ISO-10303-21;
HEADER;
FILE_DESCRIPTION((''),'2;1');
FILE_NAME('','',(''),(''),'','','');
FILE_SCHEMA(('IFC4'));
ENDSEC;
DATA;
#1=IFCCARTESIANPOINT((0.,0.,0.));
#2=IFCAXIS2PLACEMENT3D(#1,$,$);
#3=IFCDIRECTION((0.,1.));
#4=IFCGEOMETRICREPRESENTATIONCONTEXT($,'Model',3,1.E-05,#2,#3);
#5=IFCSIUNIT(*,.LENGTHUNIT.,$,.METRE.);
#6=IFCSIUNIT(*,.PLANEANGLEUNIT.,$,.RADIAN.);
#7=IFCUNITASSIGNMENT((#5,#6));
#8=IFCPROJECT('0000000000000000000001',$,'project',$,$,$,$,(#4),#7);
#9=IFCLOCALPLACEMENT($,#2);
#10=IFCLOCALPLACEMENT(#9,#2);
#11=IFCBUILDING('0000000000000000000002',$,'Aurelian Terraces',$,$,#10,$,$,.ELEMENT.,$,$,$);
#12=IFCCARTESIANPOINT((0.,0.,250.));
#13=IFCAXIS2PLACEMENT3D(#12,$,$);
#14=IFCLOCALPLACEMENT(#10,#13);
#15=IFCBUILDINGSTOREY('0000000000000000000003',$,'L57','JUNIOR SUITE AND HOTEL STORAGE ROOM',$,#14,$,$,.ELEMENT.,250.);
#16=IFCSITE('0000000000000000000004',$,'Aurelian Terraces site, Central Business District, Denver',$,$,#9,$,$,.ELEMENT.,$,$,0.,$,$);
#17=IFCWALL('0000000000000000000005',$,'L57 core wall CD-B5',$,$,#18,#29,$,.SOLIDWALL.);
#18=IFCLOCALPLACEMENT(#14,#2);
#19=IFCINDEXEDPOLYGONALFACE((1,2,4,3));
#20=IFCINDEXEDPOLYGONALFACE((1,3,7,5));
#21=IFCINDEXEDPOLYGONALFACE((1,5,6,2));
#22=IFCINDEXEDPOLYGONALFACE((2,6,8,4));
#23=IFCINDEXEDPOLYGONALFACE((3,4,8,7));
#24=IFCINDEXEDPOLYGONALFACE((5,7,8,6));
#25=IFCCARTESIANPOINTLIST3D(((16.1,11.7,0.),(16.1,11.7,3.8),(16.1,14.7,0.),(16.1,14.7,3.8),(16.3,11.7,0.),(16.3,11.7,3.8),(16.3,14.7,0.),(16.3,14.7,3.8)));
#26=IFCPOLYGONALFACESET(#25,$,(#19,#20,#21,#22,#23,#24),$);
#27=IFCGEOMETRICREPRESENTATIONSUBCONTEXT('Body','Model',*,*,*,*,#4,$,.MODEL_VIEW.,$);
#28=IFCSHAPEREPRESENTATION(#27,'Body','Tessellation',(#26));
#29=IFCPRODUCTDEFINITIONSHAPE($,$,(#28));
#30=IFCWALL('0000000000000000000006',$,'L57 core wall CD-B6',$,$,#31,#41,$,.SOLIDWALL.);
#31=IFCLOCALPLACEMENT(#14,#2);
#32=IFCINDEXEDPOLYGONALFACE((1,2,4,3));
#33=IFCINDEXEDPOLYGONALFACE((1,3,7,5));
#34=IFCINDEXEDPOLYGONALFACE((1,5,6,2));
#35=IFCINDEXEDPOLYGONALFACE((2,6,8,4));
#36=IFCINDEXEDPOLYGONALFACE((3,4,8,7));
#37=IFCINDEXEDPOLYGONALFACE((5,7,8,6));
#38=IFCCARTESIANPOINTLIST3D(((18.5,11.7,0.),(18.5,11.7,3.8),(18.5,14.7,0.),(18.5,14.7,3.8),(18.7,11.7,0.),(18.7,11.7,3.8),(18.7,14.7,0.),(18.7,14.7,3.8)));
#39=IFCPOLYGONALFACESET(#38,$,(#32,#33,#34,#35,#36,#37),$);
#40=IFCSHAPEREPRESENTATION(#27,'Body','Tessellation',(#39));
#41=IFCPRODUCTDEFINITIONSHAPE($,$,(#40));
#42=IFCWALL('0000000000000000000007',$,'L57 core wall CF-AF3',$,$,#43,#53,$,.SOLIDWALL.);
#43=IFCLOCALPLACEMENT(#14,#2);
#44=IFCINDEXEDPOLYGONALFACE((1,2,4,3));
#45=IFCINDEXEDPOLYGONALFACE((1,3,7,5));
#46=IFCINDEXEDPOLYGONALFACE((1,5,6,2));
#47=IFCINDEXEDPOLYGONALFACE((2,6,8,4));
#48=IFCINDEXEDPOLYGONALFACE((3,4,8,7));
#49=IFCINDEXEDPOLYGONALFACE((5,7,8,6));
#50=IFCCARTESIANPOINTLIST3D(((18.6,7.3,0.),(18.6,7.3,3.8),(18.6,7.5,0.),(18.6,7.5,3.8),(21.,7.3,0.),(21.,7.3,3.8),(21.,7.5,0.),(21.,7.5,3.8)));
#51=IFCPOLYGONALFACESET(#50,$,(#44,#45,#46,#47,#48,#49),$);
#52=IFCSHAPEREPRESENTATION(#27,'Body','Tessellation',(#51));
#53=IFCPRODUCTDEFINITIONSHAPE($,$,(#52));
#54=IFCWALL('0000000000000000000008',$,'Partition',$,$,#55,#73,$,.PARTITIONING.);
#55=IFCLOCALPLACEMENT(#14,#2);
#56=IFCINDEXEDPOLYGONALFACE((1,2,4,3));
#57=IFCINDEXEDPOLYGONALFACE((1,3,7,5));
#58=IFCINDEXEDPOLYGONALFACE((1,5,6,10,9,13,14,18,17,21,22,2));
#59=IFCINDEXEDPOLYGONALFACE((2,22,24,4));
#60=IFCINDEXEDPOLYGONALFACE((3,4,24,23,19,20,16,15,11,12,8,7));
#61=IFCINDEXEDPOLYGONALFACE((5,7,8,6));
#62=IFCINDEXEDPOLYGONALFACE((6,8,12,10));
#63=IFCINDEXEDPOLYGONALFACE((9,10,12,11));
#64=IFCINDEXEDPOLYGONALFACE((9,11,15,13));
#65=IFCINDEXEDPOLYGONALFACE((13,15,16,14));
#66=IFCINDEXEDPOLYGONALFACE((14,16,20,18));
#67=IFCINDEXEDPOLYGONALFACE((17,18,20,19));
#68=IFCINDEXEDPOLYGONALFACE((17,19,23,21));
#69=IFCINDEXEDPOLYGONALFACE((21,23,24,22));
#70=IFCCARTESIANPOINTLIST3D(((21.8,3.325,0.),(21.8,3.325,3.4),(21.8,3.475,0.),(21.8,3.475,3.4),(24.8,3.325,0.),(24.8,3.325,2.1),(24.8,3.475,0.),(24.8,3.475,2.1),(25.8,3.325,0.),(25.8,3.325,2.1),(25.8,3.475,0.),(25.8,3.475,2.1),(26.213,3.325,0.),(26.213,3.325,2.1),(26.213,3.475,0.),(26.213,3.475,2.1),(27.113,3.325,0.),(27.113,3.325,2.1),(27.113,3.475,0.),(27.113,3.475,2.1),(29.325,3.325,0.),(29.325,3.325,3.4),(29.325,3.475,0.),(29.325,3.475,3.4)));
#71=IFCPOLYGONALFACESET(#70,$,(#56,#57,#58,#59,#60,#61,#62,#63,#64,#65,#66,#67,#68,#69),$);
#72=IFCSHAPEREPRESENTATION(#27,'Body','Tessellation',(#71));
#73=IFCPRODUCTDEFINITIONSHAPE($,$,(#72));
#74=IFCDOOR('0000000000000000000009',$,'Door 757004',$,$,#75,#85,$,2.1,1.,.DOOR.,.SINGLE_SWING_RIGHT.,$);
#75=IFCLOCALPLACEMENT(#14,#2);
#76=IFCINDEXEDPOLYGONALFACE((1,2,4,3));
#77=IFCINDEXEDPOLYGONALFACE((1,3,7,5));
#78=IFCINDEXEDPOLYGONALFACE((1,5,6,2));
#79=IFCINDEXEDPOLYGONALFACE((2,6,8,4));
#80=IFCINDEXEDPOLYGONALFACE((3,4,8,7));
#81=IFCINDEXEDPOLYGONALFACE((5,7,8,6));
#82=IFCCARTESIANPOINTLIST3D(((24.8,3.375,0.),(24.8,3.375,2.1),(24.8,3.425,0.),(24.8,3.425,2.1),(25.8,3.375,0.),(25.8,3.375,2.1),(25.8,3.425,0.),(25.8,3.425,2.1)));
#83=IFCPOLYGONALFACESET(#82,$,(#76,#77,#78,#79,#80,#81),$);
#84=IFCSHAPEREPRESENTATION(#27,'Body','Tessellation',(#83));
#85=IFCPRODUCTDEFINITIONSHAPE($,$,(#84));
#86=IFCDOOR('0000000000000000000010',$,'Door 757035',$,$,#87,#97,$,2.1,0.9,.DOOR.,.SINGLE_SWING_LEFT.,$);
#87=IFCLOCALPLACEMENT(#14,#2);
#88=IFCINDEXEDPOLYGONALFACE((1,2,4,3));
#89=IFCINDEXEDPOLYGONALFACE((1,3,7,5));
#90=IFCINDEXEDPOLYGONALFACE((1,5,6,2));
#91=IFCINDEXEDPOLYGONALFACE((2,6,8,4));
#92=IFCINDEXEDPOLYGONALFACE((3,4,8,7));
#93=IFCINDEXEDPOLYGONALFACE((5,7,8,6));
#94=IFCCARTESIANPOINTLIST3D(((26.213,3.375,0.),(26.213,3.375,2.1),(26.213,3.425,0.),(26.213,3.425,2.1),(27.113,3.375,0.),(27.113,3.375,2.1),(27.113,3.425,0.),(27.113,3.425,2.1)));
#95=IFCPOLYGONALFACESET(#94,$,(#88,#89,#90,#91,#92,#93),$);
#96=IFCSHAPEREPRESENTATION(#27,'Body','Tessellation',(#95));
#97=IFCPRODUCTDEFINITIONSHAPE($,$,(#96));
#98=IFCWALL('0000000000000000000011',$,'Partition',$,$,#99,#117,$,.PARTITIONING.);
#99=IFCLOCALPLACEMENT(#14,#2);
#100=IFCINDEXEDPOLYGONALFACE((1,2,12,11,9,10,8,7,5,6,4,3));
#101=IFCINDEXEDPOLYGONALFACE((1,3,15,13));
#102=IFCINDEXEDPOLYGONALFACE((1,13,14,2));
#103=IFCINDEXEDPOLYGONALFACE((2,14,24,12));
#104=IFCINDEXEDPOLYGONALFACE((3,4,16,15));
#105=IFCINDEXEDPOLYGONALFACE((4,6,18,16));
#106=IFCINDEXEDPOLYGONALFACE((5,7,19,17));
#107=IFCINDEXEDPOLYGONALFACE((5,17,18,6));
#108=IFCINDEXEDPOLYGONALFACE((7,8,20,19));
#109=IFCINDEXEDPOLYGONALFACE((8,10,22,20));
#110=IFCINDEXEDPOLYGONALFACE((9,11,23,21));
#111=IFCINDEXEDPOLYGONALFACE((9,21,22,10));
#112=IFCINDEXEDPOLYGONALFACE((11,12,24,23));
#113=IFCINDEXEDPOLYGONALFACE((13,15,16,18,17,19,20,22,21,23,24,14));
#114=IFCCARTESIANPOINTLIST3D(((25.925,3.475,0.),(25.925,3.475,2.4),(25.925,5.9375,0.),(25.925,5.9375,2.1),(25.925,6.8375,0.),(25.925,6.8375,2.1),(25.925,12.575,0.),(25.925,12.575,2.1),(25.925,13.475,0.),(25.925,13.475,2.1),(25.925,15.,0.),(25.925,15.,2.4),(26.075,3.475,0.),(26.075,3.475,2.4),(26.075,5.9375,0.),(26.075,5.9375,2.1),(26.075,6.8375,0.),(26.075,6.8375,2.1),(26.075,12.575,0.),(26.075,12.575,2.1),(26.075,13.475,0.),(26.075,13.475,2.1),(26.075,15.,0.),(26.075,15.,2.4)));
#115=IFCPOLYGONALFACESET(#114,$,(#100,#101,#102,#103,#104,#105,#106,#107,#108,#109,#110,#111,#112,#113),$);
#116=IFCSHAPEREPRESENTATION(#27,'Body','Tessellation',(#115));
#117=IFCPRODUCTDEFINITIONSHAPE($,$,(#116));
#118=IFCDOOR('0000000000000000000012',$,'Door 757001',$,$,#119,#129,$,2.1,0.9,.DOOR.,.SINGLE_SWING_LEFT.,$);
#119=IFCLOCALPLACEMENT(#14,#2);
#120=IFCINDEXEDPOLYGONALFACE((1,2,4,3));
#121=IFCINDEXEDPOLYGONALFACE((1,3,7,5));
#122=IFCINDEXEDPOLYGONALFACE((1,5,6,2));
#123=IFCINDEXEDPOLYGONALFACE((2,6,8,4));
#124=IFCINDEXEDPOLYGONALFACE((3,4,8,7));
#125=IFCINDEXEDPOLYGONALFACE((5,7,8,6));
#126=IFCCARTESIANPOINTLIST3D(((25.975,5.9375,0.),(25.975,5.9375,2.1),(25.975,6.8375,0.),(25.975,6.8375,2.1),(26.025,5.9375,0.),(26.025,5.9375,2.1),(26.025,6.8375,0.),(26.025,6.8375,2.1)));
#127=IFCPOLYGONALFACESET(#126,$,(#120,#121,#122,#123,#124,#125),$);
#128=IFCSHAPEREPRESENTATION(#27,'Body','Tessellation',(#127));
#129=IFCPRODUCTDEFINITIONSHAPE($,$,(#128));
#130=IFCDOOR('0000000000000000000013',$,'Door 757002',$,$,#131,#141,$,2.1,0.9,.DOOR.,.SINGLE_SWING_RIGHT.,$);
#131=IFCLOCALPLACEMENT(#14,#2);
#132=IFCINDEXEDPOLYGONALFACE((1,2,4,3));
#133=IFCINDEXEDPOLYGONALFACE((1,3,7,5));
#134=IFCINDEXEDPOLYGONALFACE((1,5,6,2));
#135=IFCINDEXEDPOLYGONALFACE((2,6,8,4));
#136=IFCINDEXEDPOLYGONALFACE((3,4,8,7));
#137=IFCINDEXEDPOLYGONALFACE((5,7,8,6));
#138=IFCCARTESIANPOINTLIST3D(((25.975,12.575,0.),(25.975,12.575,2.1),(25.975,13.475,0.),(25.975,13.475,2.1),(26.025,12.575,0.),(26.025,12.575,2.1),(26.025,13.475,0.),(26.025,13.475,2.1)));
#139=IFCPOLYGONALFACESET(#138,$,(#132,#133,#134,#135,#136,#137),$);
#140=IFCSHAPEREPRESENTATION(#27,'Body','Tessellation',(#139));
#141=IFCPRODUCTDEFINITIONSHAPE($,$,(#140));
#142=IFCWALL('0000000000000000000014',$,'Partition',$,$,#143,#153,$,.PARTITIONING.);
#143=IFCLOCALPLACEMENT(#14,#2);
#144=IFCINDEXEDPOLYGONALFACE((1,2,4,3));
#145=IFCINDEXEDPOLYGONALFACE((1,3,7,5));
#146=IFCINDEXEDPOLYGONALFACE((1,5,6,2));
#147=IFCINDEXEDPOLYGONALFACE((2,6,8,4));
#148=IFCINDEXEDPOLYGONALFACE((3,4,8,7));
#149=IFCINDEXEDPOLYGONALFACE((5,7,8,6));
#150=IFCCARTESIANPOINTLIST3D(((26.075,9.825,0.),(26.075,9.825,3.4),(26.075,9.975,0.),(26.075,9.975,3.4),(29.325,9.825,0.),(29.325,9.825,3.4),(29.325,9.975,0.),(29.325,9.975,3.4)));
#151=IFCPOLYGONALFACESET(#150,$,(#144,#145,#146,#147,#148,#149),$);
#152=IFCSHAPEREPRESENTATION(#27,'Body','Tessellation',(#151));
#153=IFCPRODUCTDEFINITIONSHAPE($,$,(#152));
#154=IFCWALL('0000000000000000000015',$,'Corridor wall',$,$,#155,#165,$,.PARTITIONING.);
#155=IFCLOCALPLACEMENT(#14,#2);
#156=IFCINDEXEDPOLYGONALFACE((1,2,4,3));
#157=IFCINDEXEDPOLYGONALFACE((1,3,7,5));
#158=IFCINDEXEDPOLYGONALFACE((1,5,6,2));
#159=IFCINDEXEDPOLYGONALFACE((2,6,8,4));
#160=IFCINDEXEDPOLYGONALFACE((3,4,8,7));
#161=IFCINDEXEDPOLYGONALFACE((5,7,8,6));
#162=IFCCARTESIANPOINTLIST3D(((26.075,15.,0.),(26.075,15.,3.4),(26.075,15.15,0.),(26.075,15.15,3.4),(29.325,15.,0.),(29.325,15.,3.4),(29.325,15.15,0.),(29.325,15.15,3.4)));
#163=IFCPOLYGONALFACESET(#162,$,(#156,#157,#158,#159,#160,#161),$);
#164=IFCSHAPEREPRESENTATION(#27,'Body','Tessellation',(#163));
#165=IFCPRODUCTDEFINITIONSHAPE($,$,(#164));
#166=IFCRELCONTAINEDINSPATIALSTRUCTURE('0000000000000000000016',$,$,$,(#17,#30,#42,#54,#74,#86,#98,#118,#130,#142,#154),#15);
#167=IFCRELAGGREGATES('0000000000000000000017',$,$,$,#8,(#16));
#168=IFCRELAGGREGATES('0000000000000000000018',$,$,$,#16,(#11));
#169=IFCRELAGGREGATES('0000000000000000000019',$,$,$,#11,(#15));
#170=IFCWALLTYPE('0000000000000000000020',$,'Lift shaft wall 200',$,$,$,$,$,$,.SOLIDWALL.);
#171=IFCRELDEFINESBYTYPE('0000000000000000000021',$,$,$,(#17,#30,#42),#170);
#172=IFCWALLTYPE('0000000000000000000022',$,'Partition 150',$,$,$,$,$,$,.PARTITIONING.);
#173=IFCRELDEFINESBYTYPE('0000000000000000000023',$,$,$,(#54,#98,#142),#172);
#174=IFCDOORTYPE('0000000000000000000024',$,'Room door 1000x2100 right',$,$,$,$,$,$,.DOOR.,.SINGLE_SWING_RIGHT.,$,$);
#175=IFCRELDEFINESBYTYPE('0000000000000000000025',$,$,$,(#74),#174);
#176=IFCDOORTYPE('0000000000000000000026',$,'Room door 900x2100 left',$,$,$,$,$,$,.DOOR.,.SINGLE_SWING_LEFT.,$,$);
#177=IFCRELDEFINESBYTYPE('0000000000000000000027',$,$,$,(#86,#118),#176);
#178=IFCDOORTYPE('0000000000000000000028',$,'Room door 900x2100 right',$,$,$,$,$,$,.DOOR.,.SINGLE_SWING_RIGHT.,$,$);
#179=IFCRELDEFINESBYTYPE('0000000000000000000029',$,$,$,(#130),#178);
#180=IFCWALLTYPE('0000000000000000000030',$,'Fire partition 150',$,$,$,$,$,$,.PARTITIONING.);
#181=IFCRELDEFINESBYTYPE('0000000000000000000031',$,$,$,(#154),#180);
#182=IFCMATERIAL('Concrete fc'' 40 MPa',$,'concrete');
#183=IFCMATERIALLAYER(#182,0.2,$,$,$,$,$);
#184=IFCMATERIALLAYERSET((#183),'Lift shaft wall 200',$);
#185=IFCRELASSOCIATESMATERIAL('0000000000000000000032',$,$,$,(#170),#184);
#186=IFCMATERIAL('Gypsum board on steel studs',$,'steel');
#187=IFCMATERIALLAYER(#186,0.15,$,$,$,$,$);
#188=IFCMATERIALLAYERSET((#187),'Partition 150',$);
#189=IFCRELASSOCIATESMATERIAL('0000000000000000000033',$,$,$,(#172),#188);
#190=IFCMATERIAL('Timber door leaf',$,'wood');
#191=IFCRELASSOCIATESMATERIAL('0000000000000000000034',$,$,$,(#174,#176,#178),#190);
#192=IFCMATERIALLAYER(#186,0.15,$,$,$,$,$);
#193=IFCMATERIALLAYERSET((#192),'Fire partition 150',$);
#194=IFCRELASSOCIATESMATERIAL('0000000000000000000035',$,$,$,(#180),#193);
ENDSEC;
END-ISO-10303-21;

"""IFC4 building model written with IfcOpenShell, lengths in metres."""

from ifc_helpers import new_model, si_unit, direction, frame, frame_2d, origin, place, context, subcontext, project, spatial, rectangle, extrude, source, transform, mapped, material, layer, layer_set, type_object, element, fill, save


model = new_model("IFC4")

# Units and contexts
model_context = context("Model", 3, precision=1e-05, world=origin(), true_north=direction((0.0, 1.0)))
body_context = subcontext(model_context, "Body", "Model", "MODEL_VIEW")
ifc_project = project(units=[si_unit("LENGTHUNIT", "METRE"), si_unit("PLANEANGLEUNIT", "RADIAN")], contexts=[model_context])

# Site, building, storey
site_placement = place(None, origin())
site = spatial("IfcSite", under=ifc_project, at=site_placement, Name="Aurelian Terraces site, Central Business District, Denver", CompositionType="ELEMENT", RefElevation=0.0)
building_placement = place(site_placement, origin())
building = spatial("IfcBuilding", under=site, at=building_placement, Name="Aurelian Terraces", CompositionType="ELEMENT")
storey_placement = place(building_placement, frame((0.0, 0.0, 250.0)))
storey = spatial("IfcBuildingStorey", under=building, at=storey_placement, Name="L57", Description="JUNIOR SUITE AND HOTEL STORAGE ROOM", CompositionType="ELEMENT", Elevation=250.0)

# Shared definitions
ifc_material_1 = material(Name="Concrete fc' 40 MPa", Category="concrete")

# Walls
ifc_layer_1 = layer(ifc_material_1, 0.2)
ifc_layer_set_1 = layer_set([ifc_layer_1], Name="Lift shaft wall 200")
wall_type_1 = type_object("IfcWallType", Name="Lift shaft wall 200", PredefinedType="SOLIDWALL", material=ifc_layer_set_1)
shared_shape_1 = source(origin(), body_context, "Body", "SweptSolid", [
    extrude(rectangle(XDim=3.0, YDim=0.2, at=frame_2d((1.5, 0.0))), origin(), (0.0, 0.0, 1.0), 3.8),
])
for number, where, z_axis, x_axis, name in (
    (1, (16.2, 11.7, 0.0), (0.0, 0.0, 1.0), (0.0, 1.0, 0.0), "L57 core wall CD-B5"),
    (2, (18.6, 11.7, 0.0), (0.0, 0.0, 1.0), (0.0, 1.0, 0.0), "L57 core wall CD-B6"),
):
    element("IfcWall", number, at=place(storey_placement, frame(where, z_axis=z_axis, x_axis=x_axis)), inside=storey, type_object=wall_type_1, Name=name, PredefinedType="SOLIDWALL", context=body_context, shape_type="MappedRepresentation", body=[
        mapped(shared_shape_1, transform((0.0, 0.0, 0.0), scale=1.0)),
    ])
shared_shape_2 = source(origin(), body_context, "Body", "SweptSolid", [
    extrude(rectangle(XDim=2.4, YDim=0.2, at=frame_2d((1.2, 0.0))), origin(), (0.0, 0.0, 1.0), 3.8),
])
wall_1_placement = place(storey_placement, frame((18.6, 7.4, 0.0), z_axis=(0.0, 0.0, 1.0), x_axis=(1.0, 0.0, 0.0)))
element("IfcWall", 3, at=wall_1_placement, inside=storey, type_object=wall_type_1, Name="L57 core wall CF-AF3", PredefinedType="SOLIDWALL", context=body_context, shape_type="MappedRepresentation", body=[
    mapped(shared_shape_2, transform((0.0, 0.0, 0.0), scale=1.0)),
])

# Walls, openings, doors
ifc_material_2 = material(Name="Gypsum board on steel studs", Category="steel")
ifc_layer_2 = layer(ifc_material_2, 0.15)
ifc_layer_set_2 = layer_set([ifc_layer_2], Name="Partition 150")
wall_type_2 = type_object("IfcWallType", Name="Partition 150", PredefinedType="PARTITIONING", material=ifc_layer_set_2)
shared_shape_3 = source(origin(), body_context, "Body", "SweptSolid", [
    extrude(rectangle(XDim=7.525, YDim=0.15, at=frame_2d((3.7625, 0.0))), origin(), (0.0, 0.0, 1.0), 3.4),
])
wall_2_placement = place(storey_placement, frame((21.8, 3.4, 0.0), z_axis=(0.0, 0.0, 1.0), x_axis=(1.0, 0.0, 0.0)))
wall_2 = element("IfcWall", 4, at=wall_2_placement, inside=storey, type_object=wall_type_2, Name="Partition", PredefinedType="PARTITIONING", context=body_context, shape_type="MappedRepresentation", body=[
    mapped(shared_shape_3, transform((0.0, 0.0, 0.0), scale=1.0)),
])
shared_shape_4 = source(origin(), body_context, "Body", "SweptSolid", [
    extrude(rectangle(XDim=1.0, YDim=2.1, at=frame_2d((0.5, 1.05))), frame((0.0, 0.085, 0.0), z_axis=(0.0, -1.0, 0.0), x_axis=(1.0, 0.0, 0.0)), (0.0, 0.0, 1.0), 0.17),
])
opening_1_placement = place(wall_2_placement, frame((3.0, 0.0, 0.0)))
opening_1 = element("IfcOpeningElement", 5, at=opening_1_placement, cuts=wall_2, PredefinedType="OPENING", context=body_context, shape_type="MappedRepresentation", body=[
    mapped(shared_shape_4, transform((0.0, 0.0, 0.0), scale=1.0)),
])
shared_shape_5 = source(origin(), body_context, "Body", "SweptSolid", [
    extrude(rectangle(XDim=0.9, YDim=2.1, at=frame_2d((0.45, 1.05))), frame((0.0, 0.085, 0.0), z_axis=(0.0, -1.0, 0.0), x_axis=(1.0, 0.0, 0.0)), (0.0, 0.0, 1.0), 0.17),
])
opening_2_placement = place(wall_2_placement, frame((4.413, 0.0, 0.0)))
opening_2 = element("IfcOpeningElement", 6, at=opening_2_placement, cuts=wall_2, PredefinedType="OPENING", context=body_context, shape_type="MappedRepresentation", body=[
    mapped(shared_shape_5, transform((0.0, 0.0, 0.0), scale=1.0)),
])
ifc_material_3 = material(Name="Timber door leaf", Category="wood")
door_type_1 = type_object("IfcDoorType", Name="Room door 1000x2100 right", OperationType="SINGLE_SWING_RIGHT", PredefinedType="DOOR", material=ifc_material_3)
shared_shape_6 = source(origin(), body_context, "Body", "SweptSolid", [
    extrude(rectangle(XDim=1.0, YDim=2.1, at=frame_2d((0.5, 1.05))), frame((0.0, 0.025, 0.0), z_axis=(0.0, -1.0, 0.0), x_axis=(1.0, 0.0, 0.0)), (0.0, 0.0, 1.0), 0.05),
])
door_1_placement = place(opening_1_placement, origin())
door_1 = element("IfcDoor", 7, at=door_1_placement, inside=storey, type_object=door_type_1, Name="Door 757004", OperationType="SINGLE_SWING_RIGHT", OverallHeight=2.1, OverallWidth=1.0, PredefinedType="DOOR", context=body_context, shape_type="MappedRepresentation", body=[
    mapped(shared_shape_6, transform((0.0, 0.0, 0.0), scale=1.0)),
])
fill(opening_1, door_1)
door_type_2 = type_object("IfcDoorType", Name="Room door 900x2100 left", OperationType="SINGLE_SWING_LEFT", PredefinedType="DOOR", material=ifc_material_3)
shared_shape_7 = source(origin(), body_context, "Body", "SweptSolid", [
    extrude(rectangle(XDim=0.9, YDim=2.1, at=frame_2d((0.45, 1.05))), frame((0.0, 0.025, 0.0), z_axis=(0.0, -1.0, 0.0), x_axis=(1.0, 0.0, 0.0)), (0.0, 0.0, 1.0), 0.05),
])
door_2_placement = place(opening_2_placement, origin())
door_2 = element("IfcDoor", 8, at=door_2_placement, inside=storey, type_object=door_type_2, Name="Door 757035", OperationType="SINGLE_SWING_LEFT", OverallHeight=2.1, OverallWidth=0.9, PredefinedType="DOOR", context=body_context, shape_type="MappedRepresentation", body=[
    mapped(shared_shape_7, transform((0.0, 0.0, 0.0), scale=1.0)),
])
fill(opening_2, door_2)
shared_shape_8 = source(origin(), body_context, "Body", "SweptSolid", [
    extrude(rectangle(XDim=11.525, YDim=0.15, at=frame_2d((5.7625, 0.0))), origin(), (0.0, 0.0, 1.0), 2.4),
])
wall_3_placement = place(storey_placement, frame((26.0, 15.0, 0.0), z_axis=(0.0, 0.0, 1.0), x_axis=(0.0, -1.0, 0.0)))
wall_3 = element("IfcWall", 9, at=wall_3_placement, inside=storey, type_object=wall_type_2, Name="Partition", PredefinedType="PARTITIONING", context=body_context, shape_type="MappedRepresentation", body=[
    mapped(shared_shape_8, transform((0.0, 0.0, 0.0), scale=1.0)),
])
opening_3_placement = place(wall_3_placement, frame((8.1625, 0.0, 0.0)))
opening_3 = element("IfcOpeningElement", 10, at=opening_3_placement, cuts=wall_3, PredefinedType="OPENING", context=body_context, shape_type="MappedRepresentation", body=[
    mapped(shared_shape_5, transform((0.0, 0.0, 0.0), scale=1.0)),
])
opening_4_placement = place(wall_3_placement, frame((1.525, 0.0, 0.0)))
opening_4 = element("IfcOpeningElement", 11, at=opening_4_placement, cuts=wall_3, PredefinedType="OPENING", context=body_context, shape_type="MappedRepresentation", body=[
    mapped(shared_shape_5, transform((0.0, 0.0, 0.0), scale=1.0)),
])
door_3_placement = place(opening_3_placement, origin())
door_3 = element("IfcDoor", 12, at=door_3_placement, inside=storey, type_object=door_type_2, Name="Door 757001", OperationType="SINGLE_SWING_LEFT", OverallHeight=2.1, OverallWidth=0.9, PredefinedType="DOOR", context=body_context, shape_type="MappedRepresentation", body=[
    mapped(shared_shape_7, transform((0.0, 0.0, 0.0), scale=1.0)),
])
fill(opening_3, door_3)
door_type_3 = type_object("IfcDoorType", Name="Room door 900x2100 right", OperationType="SINGLE_SWING_RIGHT", PredefinedType="DOOR", material=ifc_material_3)
door_4_placement = place(opening_4_placement, origin())
door_4 = element("IfcDoor", 13, at=door_4_placement, inside=storey, type_object=door_type_3, Name="Door 757002", OperationType="SINGLE_SWING_RIGHT", OverallHeight=2.1, OverallWidth=0.9, PredefinedType="DOOR", context=body_context, shape_type="MappedRepresentation", body=[
    mapped(shared_shape_7, transform((0.0, 0.0, 0.0), scale=1.0)),
])
fill(opening_4, door_4)

# Walls
shared_shape_9 = source(origin(), body_context, "Body", "SweptSolid", [
    extrude(rectangle(XDim=3.25, YDim=0.15, at=frame_2d((1.625, 0.0))), origin(), (0.0, 0.0, 1.0), 3.4),
])
wall_4_placement = place(storey_placement, frame((29.325, 9.9, 0.0), z_axis=(0.0, 0.0, 1.0), x_axis=(-1.0, 0.0, 0.0)))
element("IfcWall", 14, at=wall_4_placement, inside=storey, type_object=wall_type_2, Name="Partition", PredefinedType="PARTITIONING", context=body_context, shape_type="MappedRepresentation", body=[
    mapped(shared_shape_9, transform((0.0, 0.0, 0.0), scale=1.0)),
])
ifc_layer_3 = layer(ifc_material_2, 0.15)
ifc_layer_set_3 = layer_set([ifc_layer_3], Name="Fire partition 150")
wall_type_3 = type_object("IfcWallType", Name="Fire partition 150", PredefinedType="PARTITIONING", material=ifc_layer_set_3)
wall_5_placement = place(storey_placement, frame((29.325, 15.075, 0.0), z_axis=(0.0, 0.0, 1.0), x_axis=(-1.0, 0.0, 0.0)))
element("IfcWall", 15, at=wall_5_placement, inside=storey, type_object=wall_type_3, Name="Corridor wall", PredefinedType="PARTITIONING", context=body_context, shape_type="MappedRepresentation", body=[
    mapped(shared_shape_9, transform((0.0, 0.0, 0.0), scale=1.0)),
])

save(model, "model.ifc")
